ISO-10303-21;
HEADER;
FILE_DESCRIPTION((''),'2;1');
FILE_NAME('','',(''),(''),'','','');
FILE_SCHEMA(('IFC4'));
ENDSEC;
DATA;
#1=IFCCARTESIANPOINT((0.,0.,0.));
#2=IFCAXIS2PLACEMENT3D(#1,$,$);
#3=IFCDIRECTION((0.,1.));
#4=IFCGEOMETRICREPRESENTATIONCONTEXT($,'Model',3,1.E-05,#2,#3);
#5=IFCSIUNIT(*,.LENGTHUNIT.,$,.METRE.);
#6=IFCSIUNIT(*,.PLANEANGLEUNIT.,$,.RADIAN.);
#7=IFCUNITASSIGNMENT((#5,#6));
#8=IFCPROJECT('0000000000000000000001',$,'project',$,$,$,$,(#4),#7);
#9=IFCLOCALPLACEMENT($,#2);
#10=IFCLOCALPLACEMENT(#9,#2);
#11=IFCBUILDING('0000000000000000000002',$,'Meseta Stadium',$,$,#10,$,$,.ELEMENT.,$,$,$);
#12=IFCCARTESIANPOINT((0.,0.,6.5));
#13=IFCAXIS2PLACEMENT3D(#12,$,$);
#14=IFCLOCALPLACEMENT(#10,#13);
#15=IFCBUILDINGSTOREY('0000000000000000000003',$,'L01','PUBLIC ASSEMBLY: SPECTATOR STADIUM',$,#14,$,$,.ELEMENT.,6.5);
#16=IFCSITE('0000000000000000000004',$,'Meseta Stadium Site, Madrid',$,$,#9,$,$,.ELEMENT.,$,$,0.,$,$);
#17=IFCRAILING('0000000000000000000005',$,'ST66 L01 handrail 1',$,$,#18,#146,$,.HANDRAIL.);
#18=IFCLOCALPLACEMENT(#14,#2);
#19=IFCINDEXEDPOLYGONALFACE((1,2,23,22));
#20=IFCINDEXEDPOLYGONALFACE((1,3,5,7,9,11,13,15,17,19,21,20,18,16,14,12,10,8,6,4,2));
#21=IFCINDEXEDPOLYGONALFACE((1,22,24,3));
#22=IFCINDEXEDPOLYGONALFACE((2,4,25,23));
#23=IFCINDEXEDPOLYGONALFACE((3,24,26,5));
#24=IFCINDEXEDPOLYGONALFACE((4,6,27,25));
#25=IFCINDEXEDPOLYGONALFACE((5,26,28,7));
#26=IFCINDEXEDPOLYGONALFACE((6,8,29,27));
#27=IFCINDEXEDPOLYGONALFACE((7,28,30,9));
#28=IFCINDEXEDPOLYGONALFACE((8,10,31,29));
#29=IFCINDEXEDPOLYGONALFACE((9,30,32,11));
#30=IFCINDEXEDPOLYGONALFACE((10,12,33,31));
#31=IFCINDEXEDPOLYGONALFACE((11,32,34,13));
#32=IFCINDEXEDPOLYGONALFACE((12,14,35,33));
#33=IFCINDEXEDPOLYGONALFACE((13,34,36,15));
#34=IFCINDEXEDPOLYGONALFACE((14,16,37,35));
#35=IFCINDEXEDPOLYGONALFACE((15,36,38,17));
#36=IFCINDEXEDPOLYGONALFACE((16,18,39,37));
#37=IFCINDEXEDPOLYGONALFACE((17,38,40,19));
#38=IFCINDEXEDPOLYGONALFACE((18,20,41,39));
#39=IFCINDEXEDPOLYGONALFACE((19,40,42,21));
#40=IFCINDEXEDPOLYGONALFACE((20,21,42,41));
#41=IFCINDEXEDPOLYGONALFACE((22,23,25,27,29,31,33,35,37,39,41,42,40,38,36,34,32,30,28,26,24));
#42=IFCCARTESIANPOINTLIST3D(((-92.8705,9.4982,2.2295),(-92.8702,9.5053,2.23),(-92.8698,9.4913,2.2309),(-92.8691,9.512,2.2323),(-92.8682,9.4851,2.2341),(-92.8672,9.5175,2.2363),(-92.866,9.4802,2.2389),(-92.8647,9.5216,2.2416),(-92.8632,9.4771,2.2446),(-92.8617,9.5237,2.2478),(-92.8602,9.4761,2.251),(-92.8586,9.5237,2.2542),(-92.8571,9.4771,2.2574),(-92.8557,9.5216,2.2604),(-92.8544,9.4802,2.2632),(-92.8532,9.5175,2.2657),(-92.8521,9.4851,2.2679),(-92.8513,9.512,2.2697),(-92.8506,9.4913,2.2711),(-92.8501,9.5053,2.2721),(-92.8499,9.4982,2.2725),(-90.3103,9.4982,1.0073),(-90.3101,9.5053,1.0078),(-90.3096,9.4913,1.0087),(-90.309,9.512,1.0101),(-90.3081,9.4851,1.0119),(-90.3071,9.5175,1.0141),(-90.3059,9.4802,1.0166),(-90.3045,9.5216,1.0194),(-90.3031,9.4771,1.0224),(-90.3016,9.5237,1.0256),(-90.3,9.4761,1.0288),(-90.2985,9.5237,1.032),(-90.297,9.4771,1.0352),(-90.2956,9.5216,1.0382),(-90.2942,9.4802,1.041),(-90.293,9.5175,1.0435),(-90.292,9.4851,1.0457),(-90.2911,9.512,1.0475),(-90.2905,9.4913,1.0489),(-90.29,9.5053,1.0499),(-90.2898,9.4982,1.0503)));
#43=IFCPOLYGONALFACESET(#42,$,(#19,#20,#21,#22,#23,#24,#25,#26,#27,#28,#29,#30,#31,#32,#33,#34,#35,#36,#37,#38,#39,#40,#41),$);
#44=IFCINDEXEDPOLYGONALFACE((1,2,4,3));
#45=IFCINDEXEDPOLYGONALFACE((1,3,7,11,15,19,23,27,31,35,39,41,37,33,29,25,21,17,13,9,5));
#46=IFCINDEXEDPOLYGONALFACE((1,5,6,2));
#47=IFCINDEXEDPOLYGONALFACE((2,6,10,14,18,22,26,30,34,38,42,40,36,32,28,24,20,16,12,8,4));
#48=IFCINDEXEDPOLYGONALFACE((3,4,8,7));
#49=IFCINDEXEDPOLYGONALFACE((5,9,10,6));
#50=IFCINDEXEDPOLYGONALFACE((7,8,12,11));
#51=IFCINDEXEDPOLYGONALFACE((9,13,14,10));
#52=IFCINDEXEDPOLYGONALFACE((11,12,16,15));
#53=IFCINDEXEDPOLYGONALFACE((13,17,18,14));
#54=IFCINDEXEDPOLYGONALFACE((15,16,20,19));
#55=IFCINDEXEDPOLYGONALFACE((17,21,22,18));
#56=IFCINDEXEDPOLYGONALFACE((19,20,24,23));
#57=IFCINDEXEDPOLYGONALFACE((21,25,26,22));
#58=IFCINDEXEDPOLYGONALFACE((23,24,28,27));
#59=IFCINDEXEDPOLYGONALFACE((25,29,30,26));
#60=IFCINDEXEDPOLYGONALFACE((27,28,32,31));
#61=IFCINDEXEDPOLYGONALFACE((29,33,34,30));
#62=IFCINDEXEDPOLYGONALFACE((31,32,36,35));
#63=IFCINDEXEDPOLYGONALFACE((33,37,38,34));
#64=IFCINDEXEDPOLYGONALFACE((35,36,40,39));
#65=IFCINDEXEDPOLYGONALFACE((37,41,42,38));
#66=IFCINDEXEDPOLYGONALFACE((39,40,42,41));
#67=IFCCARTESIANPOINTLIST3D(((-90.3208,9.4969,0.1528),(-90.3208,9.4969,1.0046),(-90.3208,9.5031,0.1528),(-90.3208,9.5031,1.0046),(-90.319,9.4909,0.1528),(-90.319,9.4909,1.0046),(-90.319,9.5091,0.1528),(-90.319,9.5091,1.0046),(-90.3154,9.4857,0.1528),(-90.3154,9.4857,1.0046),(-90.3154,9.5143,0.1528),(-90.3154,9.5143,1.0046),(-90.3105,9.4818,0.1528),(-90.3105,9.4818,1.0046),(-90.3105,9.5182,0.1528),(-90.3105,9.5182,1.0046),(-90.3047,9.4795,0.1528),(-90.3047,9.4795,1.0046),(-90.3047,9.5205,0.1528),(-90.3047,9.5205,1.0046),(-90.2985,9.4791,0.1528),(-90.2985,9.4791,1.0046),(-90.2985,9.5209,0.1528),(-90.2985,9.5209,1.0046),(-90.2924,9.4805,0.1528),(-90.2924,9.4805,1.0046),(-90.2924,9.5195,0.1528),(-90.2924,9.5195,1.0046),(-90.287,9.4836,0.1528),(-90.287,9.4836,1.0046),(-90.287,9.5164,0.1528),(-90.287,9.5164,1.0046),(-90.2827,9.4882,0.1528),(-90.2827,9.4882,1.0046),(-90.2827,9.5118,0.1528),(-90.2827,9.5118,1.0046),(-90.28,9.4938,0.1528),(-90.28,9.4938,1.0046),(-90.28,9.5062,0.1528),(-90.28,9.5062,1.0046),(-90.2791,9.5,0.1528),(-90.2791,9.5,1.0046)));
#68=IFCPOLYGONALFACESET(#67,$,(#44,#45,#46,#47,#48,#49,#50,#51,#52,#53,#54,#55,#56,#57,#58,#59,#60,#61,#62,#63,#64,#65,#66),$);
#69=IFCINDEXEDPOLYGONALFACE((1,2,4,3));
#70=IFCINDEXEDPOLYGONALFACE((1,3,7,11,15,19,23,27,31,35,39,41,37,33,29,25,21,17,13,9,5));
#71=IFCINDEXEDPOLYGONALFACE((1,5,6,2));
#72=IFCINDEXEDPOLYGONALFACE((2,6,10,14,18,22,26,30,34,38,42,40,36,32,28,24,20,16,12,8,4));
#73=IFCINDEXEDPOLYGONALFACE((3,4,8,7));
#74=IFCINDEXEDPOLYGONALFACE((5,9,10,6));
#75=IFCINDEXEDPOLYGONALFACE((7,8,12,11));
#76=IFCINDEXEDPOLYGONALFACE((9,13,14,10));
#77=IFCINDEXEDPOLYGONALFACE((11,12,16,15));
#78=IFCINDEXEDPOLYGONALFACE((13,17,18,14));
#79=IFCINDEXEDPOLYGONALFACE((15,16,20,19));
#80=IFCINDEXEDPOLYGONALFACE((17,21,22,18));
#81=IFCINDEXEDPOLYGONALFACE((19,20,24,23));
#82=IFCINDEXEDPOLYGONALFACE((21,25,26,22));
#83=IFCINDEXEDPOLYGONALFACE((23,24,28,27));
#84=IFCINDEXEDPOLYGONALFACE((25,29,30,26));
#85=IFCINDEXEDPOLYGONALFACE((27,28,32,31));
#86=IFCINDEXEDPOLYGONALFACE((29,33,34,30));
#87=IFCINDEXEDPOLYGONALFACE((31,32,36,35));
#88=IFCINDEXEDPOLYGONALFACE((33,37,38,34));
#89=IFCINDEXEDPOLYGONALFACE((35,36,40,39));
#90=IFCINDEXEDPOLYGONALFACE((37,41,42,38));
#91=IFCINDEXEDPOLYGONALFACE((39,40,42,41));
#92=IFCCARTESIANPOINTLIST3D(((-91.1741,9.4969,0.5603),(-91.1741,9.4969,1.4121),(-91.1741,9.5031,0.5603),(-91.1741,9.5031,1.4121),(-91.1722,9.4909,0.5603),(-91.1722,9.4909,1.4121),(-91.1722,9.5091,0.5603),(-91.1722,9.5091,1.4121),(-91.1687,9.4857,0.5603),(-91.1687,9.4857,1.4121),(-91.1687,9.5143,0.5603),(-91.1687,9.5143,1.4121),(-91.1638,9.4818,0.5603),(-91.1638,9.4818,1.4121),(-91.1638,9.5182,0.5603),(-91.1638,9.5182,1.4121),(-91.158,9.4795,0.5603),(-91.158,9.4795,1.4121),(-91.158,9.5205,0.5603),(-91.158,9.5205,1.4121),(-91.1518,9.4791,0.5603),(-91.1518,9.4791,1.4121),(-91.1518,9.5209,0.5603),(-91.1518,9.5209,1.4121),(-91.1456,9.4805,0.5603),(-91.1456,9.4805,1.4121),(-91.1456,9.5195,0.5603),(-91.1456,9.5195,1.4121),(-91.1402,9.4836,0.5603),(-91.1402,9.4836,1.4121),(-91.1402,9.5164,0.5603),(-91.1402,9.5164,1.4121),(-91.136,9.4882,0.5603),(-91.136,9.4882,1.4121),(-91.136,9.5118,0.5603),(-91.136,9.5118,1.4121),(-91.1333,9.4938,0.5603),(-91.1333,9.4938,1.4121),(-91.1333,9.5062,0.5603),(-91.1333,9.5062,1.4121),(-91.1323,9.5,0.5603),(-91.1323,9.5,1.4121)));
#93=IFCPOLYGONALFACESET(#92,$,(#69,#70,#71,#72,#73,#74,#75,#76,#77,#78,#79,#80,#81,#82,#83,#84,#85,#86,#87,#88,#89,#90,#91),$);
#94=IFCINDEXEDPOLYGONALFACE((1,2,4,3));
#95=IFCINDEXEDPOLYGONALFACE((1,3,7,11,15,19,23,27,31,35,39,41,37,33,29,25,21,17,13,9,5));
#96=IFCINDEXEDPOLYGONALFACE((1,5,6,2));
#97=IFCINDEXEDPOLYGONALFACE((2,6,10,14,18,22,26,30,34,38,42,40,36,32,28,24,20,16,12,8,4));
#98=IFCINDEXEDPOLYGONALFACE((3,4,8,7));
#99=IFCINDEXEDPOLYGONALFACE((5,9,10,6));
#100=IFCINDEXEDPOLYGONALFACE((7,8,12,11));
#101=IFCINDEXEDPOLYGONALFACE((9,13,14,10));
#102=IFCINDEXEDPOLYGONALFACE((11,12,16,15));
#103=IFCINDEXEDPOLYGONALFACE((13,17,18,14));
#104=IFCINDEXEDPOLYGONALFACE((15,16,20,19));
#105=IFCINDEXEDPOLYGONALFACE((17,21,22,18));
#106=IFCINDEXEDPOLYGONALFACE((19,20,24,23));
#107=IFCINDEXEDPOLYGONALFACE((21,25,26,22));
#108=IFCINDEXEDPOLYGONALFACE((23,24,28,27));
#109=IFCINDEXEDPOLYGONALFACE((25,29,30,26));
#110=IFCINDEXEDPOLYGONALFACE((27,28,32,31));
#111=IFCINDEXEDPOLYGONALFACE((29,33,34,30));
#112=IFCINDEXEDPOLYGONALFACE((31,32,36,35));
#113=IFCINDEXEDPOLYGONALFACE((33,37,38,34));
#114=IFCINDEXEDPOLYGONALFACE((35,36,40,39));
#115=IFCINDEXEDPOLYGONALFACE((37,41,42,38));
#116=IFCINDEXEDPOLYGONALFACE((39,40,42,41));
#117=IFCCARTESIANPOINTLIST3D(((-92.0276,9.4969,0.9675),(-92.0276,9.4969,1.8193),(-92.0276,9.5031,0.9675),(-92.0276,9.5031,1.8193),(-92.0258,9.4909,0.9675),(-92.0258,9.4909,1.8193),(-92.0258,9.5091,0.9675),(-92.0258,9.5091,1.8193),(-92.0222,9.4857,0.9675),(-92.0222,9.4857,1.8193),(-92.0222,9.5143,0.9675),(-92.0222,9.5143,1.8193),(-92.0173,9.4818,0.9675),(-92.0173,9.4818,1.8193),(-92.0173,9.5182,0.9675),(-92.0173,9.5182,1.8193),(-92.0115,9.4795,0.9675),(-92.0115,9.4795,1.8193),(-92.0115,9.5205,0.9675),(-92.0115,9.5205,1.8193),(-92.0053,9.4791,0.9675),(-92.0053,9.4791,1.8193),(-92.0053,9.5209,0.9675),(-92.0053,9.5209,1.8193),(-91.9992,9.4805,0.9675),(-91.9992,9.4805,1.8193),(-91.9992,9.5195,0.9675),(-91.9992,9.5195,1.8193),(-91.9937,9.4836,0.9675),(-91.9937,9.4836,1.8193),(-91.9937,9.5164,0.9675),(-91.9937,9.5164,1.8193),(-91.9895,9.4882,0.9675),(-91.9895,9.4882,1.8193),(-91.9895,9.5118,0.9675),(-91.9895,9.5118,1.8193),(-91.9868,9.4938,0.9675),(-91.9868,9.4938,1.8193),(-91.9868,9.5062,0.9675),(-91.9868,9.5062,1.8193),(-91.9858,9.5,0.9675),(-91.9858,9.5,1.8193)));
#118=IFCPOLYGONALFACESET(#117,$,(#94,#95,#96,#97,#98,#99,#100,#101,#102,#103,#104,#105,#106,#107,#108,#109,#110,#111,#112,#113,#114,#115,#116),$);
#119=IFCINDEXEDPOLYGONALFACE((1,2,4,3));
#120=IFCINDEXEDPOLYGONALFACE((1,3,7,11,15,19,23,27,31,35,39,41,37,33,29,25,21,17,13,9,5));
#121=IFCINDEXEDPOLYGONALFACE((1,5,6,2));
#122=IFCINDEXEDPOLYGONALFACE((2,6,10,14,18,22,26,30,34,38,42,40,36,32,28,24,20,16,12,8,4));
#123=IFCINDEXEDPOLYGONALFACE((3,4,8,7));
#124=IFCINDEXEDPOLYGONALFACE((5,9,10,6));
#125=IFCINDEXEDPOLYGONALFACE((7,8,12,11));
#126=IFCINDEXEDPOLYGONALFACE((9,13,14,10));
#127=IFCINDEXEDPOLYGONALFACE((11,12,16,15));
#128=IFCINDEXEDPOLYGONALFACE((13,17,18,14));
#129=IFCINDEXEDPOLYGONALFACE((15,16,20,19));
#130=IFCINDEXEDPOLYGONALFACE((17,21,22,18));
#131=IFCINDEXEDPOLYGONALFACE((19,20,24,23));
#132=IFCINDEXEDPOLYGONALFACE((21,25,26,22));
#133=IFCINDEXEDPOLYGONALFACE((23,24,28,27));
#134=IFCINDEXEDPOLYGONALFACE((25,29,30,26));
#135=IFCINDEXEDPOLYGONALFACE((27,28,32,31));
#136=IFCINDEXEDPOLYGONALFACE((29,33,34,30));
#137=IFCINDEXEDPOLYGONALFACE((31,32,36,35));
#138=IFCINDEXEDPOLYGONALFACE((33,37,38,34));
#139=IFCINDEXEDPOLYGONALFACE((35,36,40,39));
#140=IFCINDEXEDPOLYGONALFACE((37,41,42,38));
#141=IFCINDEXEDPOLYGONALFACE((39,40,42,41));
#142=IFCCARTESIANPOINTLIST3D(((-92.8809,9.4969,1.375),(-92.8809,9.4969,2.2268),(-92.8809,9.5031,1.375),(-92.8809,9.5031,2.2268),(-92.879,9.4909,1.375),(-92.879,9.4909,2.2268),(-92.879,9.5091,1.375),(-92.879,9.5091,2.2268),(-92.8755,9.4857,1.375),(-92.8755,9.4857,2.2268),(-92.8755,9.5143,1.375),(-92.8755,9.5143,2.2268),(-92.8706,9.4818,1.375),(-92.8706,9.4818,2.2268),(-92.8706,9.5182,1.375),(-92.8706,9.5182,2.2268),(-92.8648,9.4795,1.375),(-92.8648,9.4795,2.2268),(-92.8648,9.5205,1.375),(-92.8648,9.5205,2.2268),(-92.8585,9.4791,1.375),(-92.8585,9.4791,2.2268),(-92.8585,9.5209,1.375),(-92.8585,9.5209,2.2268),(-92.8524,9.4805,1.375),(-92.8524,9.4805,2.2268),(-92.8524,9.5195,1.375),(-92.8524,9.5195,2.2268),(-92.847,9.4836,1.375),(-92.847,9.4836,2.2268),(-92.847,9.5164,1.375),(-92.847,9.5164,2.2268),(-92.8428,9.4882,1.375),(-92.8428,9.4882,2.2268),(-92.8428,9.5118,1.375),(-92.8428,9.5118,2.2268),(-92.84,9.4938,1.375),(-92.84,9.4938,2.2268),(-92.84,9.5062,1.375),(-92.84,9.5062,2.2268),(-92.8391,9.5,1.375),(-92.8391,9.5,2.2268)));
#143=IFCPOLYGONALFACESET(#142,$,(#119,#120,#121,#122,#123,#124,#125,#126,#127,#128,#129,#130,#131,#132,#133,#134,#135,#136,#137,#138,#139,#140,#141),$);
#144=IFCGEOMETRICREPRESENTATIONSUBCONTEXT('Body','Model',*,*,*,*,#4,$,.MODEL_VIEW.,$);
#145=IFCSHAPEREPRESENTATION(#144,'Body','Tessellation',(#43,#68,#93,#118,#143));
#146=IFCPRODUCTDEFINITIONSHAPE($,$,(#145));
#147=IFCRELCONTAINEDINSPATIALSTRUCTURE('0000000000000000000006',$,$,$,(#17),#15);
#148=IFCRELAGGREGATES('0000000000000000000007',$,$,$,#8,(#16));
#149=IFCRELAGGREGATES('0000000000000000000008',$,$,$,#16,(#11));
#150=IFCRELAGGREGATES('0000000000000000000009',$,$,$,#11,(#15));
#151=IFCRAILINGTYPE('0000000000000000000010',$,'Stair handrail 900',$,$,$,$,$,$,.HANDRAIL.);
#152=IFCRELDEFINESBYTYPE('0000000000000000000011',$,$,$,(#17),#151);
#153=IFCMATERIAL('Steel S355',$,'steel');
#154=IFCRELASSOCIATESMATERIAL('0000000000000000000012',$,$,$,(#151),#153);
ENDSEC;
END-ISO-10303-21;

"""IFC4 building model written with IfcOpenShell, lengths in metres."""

from ifc_helpers import new_model, si_unit, direction, frame, origin, origin_2d, place, context, subcontext, project, spatial, circle, extrude, material, type_object, element, save


model = new_model("IFC4")

# Units and contexts
model_context = context("Model", 3, precision=1e-05, world=origin(), true_north=direction((0.0, 1.0)))
body_context = subcontext(model_context, "Body", "Model", "MODEL_VIEW")
ifc_project = project(units=[si_unit("LENGTHUNIT", "METRE"), si_unit("PLANEANGLEUNIT", "RADIAN")], contexts=[model_context])

# Site, building, storey
site_placement = place(None, origin())
site = spatial("IfcSite", under=ifc_project, at=site_placement, Name="Meseta Stadium Site, Madrid", CompositionType="ELEMENT", RefElevation=0.0)
building_placement = place(site_placement, origin())
building = spatial("IfcBuilding", under=site, at=building_placement, Name="Meseta Stadium", CompositionType="ELEMENT")
storey_placement = place(building_placement, frame((0.0, 0.0, 6.5)))
storey = spatial("IfcBuildingStorey", under=building, at=storey_placement, Name="L01", Description="PUBLIC ASSEMBLY: SPECTATOR STADIUM", CompositionType="ELEMENT", Elevation=6.5)

# Railing
ifc_material_1 = material(Name="Steel S355", Category="steel")
railing_type_1 = type_object("IfcRailingType", Name="Stair handrail 900", PredefinedType="HANDRAIL", material=ifc_material_1)
railing_1_placement = place(storey_placement, frame((-90.3, 9.5, 0.1528)))
element("IfcRailing", 1, at=railing_1_placement, inside=storey, type_object=railing_type_1, Name="ST66 L01 handrail 1", PredefinedType="HANDRAIL", context=body_context, shape_type="SweptSolid", body=[
    extrude(circle(Radius=0.0239, at=origin_2d()), frame((0.0, 0.0, 0.876), z_axis=(-0.902437, 0.0, 0.430822), x_axis=(0.0, -1.0, 0.0)), (0.0, 0.0, 1.0), 2.8369),
    extrude(circle(Radius=0.021, at=origin_2d()), origin(), (0.0, 0.0, 1.0), 0.8518),
    extrude(circle(Radius=0.021, at=origin_2d()), frame((-0.8533, 0.0, 0.4075)), (0.0, 0.0, 1.0), 0.8518),
    extrude(circle(Radius=0.021, at=origin_2d()), frame((-1.7068, 0.0, 0.8147)), (0.0, 0.0, 1.0), 0.8518),
    extrude(circle(Radius=0.021, at=origin_2d()), frame((-2.5601, 0.0, 1.2222)), (0.0, 0.0, 1.0), 0.8518),
])

save(model, "model.ifc")
